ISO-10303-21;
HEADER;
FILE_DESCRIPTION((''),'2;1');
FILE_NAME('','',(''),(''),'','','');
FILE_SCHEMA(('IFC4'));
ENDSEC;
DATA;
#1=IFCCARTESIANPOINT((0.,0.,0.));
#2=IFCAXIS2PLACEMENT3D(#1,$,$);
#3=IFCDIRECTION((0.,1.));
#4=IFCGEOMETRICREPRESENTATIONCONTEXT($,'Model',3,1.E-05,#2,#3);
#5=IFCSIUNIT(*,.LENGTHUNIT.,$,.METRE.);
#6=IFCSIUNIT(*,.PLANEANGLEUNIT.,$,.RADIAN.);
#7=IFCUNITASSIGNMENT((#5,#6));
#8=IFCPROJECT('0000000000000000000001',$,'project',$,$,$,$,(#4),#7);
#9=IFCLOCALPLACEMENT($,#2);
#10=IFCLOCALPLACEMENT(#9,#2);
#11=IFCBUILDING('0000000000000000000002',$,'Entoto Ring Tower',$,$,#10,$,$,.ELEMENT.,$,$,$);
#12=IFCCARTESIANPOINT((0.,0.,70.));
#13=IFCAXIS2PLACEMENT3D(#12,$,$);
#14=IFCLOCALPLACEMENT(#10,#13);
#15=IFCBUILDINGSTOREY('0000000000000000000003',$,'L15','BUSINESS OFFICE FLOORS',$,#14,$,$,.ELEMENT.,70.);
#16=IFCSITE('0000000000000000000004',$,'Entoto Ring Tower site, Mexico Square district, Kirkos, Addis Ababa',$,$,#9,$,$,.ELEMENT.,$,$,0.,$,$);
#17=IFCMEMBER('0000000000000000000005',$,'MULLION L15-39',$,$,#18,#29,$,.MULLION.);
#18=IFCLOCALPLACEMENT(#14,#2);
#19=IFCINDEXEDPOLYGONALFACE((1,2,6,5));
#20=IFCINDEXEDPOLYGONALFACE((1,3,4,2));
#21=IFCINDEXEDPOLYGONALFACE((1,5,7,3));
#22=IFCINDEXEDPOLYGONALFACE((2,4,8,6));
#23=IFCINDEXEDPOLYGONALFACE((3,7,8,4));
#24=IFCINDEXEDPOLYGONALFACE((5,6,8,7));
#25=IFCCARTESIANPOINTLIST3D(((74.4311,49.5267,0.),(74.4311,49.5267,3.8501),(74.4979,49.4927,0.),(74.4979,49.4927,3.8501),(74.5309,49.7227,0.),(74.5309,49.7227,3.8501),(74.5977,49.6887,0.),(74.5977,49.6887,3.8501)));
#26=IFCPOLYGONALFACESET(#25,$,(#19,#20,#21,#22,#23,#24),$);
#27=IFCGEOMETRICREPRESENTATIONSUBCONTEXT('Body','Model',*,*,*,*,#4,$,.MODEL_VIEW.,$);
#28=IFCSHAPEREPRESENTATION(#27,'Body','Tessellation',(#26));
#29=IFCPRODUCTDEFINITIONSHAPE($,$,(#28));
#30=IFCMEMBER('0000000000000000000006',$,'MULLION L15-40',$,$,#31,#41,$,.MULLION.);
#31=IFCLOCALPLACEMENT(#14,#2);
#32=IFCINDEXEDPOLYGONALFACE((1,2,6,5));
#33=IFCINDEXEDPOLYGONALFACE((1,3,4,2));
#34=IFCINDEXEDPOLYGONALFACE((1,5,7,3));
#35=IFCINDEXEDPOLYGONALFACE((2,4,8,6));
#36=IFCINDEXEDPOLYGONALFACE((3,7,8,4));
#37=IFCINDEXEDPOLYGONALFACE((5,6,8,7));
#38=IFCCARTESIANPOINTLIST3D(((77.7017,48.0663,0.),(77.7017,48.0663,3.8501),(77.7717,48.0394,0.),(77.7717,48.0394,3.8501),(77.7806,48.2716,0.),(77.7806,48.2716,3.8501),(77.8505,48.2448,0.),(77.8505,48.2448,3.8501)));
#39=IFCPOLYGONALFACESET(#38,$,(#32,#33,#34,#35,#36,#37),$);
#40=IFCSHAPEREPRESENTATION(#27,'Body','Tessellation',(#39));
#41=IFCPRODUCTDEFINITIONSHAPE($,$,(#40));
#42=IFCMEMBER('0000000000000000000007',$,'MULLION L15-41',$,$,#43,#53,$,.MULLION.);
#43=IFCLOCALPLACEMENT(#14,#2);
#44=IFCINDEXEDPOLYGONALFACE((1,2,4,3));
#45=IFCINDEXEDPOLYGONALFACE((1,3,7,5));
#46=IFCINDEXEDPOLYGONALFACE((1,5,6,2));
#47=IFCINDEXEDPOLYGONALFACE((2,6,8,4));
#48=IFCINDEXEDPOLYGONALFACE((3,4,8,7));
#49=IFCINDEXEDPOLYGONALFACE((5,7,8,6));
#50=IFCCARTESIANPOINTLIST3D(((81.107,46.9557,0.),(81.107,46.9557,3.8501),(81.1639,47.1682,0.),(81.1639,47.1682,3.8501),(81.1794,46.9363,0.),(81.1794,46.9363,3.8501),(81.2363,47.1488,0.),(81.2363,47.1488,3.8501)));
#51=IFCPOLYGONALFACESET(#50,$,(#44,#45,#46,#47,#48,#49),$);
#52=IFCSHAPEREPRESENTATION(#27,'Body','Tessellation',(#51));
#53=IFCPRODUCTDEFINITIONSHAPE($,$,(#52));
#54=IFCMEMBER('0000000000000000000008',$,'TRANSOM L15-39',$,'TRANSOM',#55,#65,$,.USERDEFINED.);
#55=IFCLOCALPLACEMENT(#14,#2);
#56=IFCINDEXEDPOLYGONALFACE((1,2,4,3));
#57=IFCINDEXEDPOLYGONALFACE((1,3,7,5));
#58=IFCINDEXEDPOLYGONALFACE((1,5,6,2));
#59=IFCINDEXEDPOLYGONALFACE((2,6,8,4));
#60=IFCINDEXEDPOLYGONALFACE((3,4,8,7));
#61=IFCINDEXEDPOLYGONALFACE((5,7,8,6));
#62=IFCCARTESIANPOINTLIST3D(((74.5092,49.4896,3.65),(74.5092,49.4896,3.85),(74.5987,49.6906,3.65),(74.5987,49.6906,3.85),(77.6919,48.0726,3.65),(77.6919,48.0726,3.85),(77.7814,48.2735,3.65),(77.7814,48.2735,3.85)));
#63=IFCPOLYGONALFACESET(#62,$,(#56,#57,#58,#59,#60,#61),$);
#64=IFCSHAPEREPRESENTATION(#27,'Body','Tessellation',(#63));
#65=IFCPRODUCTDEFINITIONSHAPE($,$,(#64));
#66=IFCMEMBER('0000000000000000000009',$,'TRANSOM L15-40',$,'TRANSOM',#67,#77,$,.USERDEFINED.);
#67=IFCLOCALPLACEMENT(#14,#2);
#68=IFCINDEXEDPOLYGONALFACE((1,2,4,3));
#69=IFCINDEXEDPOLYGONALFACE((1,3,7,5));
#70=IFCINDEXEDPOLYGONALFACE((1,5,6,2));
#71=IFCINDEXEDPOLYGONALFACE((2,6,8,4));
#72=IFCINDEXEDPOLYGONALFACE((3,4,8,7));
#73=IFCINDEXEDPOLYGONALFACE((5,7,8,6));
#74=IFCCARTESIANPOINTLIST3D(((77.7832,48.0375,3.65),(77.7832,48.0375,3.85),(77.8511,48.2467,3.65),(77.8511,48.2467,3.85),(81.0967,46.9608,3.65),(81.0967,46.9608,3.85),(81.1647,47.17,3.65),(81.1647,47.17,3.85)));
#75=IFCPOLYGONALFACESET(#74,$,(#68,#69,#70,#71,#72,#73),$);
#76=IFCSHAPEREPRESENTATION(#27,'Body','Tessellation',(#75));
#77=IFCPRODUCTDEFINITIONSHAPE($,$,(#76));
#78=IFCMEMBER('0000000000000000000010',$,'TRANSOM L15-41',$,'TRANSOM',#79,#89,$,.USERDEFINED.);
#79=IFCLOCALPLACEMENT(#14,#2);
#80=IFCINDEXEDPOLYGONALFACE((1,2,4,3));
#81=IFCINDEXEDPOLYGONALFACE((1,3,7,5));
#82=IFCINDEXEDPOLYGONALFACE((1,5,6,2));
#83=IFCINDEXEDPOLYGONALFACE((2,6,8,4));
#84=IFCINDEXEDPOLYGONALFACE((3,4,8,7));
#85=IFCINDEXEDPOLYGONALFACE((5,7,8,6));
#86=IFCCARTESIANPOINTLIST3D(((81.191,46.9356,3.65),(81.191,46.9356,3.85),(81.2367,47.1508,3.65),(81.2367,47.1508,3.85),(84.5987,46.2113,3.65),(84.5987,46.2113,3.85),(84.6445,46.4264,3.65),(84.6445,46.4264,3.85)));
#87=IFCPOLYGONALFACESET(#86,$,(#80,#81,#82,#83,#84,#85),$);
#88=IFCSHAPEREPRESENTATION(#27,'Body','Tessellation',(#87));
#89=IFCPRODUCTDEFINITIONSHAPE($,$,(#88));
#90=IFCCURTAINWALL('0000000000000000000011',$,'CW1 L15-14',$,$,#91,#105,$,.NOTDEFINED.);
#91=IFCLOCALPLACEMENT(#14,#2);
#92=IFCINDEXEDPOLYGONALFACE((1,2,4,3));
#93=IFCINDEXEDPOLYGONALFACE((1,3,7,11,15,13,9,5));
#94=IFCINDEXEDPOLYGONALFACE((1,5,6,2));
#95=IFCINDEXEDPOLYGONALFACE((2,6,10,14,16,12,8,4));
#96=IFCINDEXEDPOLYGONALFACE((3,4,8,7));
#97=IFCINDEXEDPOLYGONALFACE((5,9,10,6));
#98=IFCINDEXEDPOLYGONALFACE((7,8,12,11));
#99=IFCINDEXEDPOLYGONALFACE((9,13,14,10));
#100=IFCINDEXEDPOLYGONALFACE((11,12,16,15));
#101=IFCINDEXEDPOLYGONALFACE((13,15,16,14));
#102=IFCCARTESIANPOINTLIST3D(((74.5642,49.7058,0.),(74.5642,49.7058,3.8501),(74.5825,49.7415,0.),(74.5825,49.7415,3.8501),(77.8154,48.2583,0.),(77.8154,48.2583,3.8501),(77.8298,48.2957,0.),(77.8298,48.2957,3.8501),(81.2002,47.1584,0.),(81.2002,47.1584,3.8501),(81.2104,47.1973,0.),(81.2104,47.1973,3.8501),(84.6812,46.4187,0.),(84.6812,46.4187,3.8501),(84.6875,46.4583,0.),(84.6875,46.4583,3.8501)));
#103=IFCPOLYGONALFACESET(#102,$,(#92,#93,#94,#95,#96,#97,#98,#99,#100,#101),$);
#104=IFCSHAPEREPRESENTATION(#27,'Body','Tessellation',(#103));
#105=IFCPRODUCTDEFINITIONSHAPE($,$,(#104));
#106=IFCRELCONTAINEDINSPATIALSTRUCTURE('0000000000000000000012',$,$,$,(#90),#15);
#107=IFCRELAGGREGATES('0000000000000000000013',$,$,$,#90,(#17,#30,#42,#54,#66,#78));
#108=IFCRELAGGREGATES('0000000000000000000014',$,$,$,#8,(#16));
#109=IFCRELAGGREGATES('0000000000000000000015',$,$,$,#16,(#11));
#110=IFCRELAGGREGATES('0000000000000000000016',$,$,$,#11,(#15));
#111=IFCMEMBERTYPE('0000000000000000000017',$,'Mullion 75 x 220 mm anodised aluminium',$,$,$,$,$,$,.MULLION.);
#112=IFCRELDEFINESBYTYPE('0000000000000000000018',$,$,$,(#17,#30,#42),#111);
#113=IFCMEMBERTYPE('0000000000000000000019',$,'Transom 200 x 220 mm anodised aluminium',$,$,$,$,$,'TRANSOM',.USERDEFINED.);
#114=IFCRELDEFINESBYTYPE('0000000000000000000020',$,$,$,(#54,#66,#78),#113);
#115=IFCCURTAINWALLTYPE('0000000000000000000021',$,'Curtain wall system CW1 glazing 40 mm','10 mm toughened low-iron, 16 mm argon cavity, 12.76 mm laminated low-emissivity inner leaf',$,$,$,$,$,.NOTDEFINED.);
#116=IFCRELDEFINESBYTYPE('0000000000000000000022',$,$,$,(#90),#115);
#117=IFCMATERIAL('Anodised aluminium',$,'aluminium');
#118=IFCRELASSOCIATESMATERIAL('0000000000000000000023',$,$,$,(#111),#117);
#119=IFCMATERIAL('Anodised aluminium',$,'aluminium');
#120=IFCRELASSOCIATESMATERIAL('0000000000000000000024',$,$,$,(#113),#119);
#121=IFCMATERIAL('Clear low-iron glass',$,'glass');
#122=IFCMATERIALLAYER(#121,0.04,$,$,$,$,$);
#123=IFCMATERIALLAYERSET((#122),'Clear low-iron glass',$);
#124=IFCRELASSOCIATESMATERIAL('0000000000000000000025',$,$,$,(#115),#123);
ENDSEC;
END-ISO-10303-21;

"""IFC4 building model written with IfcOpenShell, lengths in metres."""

from ifc_helpers import new_model, si_unit, direction, frame, origin, origin_2d, place, context, subcontext, project, spatial, polyline, rectangle, outline, extrude, material, layer, layer_set, material_profile, profile_set, type_object, element, aggregate, save


model = new_model("IFC4")

# Units and contexts
model_context = context("Model", 3, precision=1e-05, world=origin(), true_north=direction((0.0, 1.0)))
body_context = subcontext(model_context, "Body", "Model", "MODEL_VIEW")
ifc_project = project(units=[si_unit("LENGTHUNIT", "METRE"), si_unit("PLANEANGLEUNIT", "RADIAN")], contexts=[model_context])

# Members
ifc_material_1 = material(Name="Anodised aluminium", Category="aluminium")
ifc_material_profile_1 = material_profile(ifc_material_1, rectangle(XDim=0.075, YDim=0.22, at=origin_2d()), Name="Mullion 75 x 220 mm anodised aluminium")
ifc_profile_set_1 = profile_set([ifc_material_profile_1], Name="Anodised aluminium")
member_type_1 = type_object("IfcMemberType", Name="Mullion 75 x 220 mm anodised aluminium", PredefinedType="MULLION", material=ifc_profile_set_1)
site_placement = place(None, origin())
building_placement = place(site_placement, origin())
storey_placement = place(building_placement, frame((0.0, 0.0, 70.0)))
member_1_placement = place(storey_placement, frame((74.5144, 49.6077, 0.0), z_axis=(0.0, 0.0, 1.0), x_axis=(0.891007, -0.45399, 0.0)))
member_1 = element("IfcMember", 1, at=member_1_placement, type_object=member_type_1, Name="MULLION L15-39", PredefinedType="MULLION", context=body_context, shape_type="SweptSolid", body=[
    extrude(rectangle(XDim=0.075, YDim=0.22, at=origin_2d()), origin(), (0.0, 0.0, 1.0), 3.8501),
])
member_2_placement = place(storey_placement, frame((77.7761, 48.1555, 0.0), z_axis=(0.0, 0.0, 1.0), x_axis=(0.93358, -0.358368, 0.0)))
member_2 = element("IfcMember", 2, at=member_2_placement, type_object=member_type_1, Name="MULLION L15-40", PredefinedType="MULLION", context=body_context, shape_type="SweptSolid", body=[
    extrude(rectangle(XDim=0.075, YDim=0.22, at=origin_2d()), origin(), (0.0, 0.0, 1.0), 3.8501),
])
member_3_placement = place(storey_placement, frame((81.1716, 47.0522, 0.0), z_axis=(0.0, 0.0, 1.0), x_axis=(0.965926, -0.258819, 0.0)))
member_3 = element("IfcMember", 3, at=member_3_placement, type_object=member_type_1, Name="MULLION L15-41", PredefinedType="MULLION", context=body_context, shape_type="SweptSolid", body=[
    extrude(rectangle(XDim=0.075, YDim=0.22, at=origin_2d()), origin(), (0.0, 0.0, 1.0), 3.8501),
])
ifc_material_2 = material(Name="Anodised aluminium", Category="aluminium")
ifc_material_profile_2 = material_profile(ifc_material_2, rectangle(XDim=0.22, YDim=0.2, at=origin_2d()), Name="Transom 200 x 220 mm anodised aluminium")
ifc_profile_set_2 = profile_set([ifc_material_profile_2], Name="Anodised aluminium")
member_type_2 = type_object("IfcMemberType", Name="Transom 200 x 220 mm anodised aluminium", ElementType="TRANSOM", PredefinedType="USERDEFINED", material=ifc_profile_set_2)
member_4_placement = place(storey_placement, frame((74.554, 49.5901, 3.75), z_axis=(0.913545, -0.406737, 0.0), x_axis=(0.406737, 0.913545, 0.0)))
member_4 = element("IfcMember", 4, at=member_4_placement, type_object=member_type_2, Name="TRANSOM L15-39", ObjectType="TRANSOM", PredefinedType="USERDEFINED", context=body_context, shape_type="SweptSolid", body=[
    extrude(rectangle(XDim=0.22, YDim=0.2, at=origin_2d()), origin(), (0.0, 0.0, 1.0), 3.4839),
])
member_5_placement = place(storey_placement, frame((77.8171, 48.1421, 3.75), z_axis=(0.951053, -0.309029, 0.0), x_axis=(0.309029, 0.951053, 0.0)))
member_5 = element("IfcMember", 5, at=member_5_placement, type_object=member_type_2, Name="TRANSOM L15-40", ObjectType="TRANSOM", PredefinedType="USERDEFINED", context=body_context, shape_type="SweptSolid", body=[
    extrude(rectangle(XDim=0.22, YDim=0.2, at=origin_2d()), origin(), (0.0, 0.0, 1.0), 3.4841),
])
member_6_placement = place(storey_placement, frame((81.2139, 47.0432, 3.75), z_axis=(0.978146, -0.207921, 0.0), x_axis=(0.207921, 0.978146, 0.0)))
member_6 = element("IfcMember", 6, at=member_6_placement, type_object=member_type_2, Name="TRANSOM L15-41", ObjectType="TRANSOM", PredefinedType="USERDEFINED", context=body_context, shape_type="SweptSolid", body=[
    extrude(rectangle(XDim=0.22, YDim=0.2, at=origin_2d()), origin(), (0.0, 0.0, 1.0), 3.4839),
])

# Site, building, storey
site = spatial("IfcSite", under=ifc_project, at=site_placement, Name="Entoto Ring Tower site, Mexico Square district, Kirkos, Addis Ababa", CompositionType="ELEMENT", RefElevation=0.0)
building = spatial("IfcBuilding", under=site, at=building_placement, Name="Entoto Ring Tower", CompositionType="ELEMENT")
storey = spatial("IfcBuildingStorey", under=building, at=storey_placement, Name="L15", Description="BUSINESS OFFICE FLOORS", CompositionType="ELEMENT", Elevation=70.0)

# Curtain wall
ifc_material_3 = material(Name="Clear low-iron glass", Category="glass")
ifc_layer = layer(ifc_material_3, 0.04)
ifc_layer_set = layer_set([ifc_layer], Name="Clear low-iron glass")
curtain_wall_type = type_object("IfcCurtainWallType", Name="Curtain wall system CW1 glazing 40 mm", Description="10 mm toughened low-iron, 16 mm argon cavity, 12.76 mm laminated low-emissivity inner leaf", PredefinedType="NOTDEFINED", material=ifc_layer_set)
curtain_wall_1_placement = place(storey_placement, origin())
curtain_wall_1 = element("IfcCurtainWall", 7, at=curtain_wall_1_placement, inside=storey, type_object=curtain_wall_type, Name="CW1 L15-14", PredefinedType="NOTDEFINED", context=body_context, shape_type="SweptSolid", body=[
    extrude(outline(polyline([(74.5642, 49.7058), (77.8154, 48.2583), (81.2002, 47.1584), (84.6812, 46.4187), (84.6875, 46.4583), (81.2104, 47.1973), (77.8298, 48.2957), (74.5825, 49.7415), (74.5642, 49.7058)])), origin(), (0.0, 0.0, 1.0), 3.8501),
])
aggregate(curtain_wall_1, [member_1, member_2, member_3, member_4, member_5, member_6])

save(model, "model.ifc")
